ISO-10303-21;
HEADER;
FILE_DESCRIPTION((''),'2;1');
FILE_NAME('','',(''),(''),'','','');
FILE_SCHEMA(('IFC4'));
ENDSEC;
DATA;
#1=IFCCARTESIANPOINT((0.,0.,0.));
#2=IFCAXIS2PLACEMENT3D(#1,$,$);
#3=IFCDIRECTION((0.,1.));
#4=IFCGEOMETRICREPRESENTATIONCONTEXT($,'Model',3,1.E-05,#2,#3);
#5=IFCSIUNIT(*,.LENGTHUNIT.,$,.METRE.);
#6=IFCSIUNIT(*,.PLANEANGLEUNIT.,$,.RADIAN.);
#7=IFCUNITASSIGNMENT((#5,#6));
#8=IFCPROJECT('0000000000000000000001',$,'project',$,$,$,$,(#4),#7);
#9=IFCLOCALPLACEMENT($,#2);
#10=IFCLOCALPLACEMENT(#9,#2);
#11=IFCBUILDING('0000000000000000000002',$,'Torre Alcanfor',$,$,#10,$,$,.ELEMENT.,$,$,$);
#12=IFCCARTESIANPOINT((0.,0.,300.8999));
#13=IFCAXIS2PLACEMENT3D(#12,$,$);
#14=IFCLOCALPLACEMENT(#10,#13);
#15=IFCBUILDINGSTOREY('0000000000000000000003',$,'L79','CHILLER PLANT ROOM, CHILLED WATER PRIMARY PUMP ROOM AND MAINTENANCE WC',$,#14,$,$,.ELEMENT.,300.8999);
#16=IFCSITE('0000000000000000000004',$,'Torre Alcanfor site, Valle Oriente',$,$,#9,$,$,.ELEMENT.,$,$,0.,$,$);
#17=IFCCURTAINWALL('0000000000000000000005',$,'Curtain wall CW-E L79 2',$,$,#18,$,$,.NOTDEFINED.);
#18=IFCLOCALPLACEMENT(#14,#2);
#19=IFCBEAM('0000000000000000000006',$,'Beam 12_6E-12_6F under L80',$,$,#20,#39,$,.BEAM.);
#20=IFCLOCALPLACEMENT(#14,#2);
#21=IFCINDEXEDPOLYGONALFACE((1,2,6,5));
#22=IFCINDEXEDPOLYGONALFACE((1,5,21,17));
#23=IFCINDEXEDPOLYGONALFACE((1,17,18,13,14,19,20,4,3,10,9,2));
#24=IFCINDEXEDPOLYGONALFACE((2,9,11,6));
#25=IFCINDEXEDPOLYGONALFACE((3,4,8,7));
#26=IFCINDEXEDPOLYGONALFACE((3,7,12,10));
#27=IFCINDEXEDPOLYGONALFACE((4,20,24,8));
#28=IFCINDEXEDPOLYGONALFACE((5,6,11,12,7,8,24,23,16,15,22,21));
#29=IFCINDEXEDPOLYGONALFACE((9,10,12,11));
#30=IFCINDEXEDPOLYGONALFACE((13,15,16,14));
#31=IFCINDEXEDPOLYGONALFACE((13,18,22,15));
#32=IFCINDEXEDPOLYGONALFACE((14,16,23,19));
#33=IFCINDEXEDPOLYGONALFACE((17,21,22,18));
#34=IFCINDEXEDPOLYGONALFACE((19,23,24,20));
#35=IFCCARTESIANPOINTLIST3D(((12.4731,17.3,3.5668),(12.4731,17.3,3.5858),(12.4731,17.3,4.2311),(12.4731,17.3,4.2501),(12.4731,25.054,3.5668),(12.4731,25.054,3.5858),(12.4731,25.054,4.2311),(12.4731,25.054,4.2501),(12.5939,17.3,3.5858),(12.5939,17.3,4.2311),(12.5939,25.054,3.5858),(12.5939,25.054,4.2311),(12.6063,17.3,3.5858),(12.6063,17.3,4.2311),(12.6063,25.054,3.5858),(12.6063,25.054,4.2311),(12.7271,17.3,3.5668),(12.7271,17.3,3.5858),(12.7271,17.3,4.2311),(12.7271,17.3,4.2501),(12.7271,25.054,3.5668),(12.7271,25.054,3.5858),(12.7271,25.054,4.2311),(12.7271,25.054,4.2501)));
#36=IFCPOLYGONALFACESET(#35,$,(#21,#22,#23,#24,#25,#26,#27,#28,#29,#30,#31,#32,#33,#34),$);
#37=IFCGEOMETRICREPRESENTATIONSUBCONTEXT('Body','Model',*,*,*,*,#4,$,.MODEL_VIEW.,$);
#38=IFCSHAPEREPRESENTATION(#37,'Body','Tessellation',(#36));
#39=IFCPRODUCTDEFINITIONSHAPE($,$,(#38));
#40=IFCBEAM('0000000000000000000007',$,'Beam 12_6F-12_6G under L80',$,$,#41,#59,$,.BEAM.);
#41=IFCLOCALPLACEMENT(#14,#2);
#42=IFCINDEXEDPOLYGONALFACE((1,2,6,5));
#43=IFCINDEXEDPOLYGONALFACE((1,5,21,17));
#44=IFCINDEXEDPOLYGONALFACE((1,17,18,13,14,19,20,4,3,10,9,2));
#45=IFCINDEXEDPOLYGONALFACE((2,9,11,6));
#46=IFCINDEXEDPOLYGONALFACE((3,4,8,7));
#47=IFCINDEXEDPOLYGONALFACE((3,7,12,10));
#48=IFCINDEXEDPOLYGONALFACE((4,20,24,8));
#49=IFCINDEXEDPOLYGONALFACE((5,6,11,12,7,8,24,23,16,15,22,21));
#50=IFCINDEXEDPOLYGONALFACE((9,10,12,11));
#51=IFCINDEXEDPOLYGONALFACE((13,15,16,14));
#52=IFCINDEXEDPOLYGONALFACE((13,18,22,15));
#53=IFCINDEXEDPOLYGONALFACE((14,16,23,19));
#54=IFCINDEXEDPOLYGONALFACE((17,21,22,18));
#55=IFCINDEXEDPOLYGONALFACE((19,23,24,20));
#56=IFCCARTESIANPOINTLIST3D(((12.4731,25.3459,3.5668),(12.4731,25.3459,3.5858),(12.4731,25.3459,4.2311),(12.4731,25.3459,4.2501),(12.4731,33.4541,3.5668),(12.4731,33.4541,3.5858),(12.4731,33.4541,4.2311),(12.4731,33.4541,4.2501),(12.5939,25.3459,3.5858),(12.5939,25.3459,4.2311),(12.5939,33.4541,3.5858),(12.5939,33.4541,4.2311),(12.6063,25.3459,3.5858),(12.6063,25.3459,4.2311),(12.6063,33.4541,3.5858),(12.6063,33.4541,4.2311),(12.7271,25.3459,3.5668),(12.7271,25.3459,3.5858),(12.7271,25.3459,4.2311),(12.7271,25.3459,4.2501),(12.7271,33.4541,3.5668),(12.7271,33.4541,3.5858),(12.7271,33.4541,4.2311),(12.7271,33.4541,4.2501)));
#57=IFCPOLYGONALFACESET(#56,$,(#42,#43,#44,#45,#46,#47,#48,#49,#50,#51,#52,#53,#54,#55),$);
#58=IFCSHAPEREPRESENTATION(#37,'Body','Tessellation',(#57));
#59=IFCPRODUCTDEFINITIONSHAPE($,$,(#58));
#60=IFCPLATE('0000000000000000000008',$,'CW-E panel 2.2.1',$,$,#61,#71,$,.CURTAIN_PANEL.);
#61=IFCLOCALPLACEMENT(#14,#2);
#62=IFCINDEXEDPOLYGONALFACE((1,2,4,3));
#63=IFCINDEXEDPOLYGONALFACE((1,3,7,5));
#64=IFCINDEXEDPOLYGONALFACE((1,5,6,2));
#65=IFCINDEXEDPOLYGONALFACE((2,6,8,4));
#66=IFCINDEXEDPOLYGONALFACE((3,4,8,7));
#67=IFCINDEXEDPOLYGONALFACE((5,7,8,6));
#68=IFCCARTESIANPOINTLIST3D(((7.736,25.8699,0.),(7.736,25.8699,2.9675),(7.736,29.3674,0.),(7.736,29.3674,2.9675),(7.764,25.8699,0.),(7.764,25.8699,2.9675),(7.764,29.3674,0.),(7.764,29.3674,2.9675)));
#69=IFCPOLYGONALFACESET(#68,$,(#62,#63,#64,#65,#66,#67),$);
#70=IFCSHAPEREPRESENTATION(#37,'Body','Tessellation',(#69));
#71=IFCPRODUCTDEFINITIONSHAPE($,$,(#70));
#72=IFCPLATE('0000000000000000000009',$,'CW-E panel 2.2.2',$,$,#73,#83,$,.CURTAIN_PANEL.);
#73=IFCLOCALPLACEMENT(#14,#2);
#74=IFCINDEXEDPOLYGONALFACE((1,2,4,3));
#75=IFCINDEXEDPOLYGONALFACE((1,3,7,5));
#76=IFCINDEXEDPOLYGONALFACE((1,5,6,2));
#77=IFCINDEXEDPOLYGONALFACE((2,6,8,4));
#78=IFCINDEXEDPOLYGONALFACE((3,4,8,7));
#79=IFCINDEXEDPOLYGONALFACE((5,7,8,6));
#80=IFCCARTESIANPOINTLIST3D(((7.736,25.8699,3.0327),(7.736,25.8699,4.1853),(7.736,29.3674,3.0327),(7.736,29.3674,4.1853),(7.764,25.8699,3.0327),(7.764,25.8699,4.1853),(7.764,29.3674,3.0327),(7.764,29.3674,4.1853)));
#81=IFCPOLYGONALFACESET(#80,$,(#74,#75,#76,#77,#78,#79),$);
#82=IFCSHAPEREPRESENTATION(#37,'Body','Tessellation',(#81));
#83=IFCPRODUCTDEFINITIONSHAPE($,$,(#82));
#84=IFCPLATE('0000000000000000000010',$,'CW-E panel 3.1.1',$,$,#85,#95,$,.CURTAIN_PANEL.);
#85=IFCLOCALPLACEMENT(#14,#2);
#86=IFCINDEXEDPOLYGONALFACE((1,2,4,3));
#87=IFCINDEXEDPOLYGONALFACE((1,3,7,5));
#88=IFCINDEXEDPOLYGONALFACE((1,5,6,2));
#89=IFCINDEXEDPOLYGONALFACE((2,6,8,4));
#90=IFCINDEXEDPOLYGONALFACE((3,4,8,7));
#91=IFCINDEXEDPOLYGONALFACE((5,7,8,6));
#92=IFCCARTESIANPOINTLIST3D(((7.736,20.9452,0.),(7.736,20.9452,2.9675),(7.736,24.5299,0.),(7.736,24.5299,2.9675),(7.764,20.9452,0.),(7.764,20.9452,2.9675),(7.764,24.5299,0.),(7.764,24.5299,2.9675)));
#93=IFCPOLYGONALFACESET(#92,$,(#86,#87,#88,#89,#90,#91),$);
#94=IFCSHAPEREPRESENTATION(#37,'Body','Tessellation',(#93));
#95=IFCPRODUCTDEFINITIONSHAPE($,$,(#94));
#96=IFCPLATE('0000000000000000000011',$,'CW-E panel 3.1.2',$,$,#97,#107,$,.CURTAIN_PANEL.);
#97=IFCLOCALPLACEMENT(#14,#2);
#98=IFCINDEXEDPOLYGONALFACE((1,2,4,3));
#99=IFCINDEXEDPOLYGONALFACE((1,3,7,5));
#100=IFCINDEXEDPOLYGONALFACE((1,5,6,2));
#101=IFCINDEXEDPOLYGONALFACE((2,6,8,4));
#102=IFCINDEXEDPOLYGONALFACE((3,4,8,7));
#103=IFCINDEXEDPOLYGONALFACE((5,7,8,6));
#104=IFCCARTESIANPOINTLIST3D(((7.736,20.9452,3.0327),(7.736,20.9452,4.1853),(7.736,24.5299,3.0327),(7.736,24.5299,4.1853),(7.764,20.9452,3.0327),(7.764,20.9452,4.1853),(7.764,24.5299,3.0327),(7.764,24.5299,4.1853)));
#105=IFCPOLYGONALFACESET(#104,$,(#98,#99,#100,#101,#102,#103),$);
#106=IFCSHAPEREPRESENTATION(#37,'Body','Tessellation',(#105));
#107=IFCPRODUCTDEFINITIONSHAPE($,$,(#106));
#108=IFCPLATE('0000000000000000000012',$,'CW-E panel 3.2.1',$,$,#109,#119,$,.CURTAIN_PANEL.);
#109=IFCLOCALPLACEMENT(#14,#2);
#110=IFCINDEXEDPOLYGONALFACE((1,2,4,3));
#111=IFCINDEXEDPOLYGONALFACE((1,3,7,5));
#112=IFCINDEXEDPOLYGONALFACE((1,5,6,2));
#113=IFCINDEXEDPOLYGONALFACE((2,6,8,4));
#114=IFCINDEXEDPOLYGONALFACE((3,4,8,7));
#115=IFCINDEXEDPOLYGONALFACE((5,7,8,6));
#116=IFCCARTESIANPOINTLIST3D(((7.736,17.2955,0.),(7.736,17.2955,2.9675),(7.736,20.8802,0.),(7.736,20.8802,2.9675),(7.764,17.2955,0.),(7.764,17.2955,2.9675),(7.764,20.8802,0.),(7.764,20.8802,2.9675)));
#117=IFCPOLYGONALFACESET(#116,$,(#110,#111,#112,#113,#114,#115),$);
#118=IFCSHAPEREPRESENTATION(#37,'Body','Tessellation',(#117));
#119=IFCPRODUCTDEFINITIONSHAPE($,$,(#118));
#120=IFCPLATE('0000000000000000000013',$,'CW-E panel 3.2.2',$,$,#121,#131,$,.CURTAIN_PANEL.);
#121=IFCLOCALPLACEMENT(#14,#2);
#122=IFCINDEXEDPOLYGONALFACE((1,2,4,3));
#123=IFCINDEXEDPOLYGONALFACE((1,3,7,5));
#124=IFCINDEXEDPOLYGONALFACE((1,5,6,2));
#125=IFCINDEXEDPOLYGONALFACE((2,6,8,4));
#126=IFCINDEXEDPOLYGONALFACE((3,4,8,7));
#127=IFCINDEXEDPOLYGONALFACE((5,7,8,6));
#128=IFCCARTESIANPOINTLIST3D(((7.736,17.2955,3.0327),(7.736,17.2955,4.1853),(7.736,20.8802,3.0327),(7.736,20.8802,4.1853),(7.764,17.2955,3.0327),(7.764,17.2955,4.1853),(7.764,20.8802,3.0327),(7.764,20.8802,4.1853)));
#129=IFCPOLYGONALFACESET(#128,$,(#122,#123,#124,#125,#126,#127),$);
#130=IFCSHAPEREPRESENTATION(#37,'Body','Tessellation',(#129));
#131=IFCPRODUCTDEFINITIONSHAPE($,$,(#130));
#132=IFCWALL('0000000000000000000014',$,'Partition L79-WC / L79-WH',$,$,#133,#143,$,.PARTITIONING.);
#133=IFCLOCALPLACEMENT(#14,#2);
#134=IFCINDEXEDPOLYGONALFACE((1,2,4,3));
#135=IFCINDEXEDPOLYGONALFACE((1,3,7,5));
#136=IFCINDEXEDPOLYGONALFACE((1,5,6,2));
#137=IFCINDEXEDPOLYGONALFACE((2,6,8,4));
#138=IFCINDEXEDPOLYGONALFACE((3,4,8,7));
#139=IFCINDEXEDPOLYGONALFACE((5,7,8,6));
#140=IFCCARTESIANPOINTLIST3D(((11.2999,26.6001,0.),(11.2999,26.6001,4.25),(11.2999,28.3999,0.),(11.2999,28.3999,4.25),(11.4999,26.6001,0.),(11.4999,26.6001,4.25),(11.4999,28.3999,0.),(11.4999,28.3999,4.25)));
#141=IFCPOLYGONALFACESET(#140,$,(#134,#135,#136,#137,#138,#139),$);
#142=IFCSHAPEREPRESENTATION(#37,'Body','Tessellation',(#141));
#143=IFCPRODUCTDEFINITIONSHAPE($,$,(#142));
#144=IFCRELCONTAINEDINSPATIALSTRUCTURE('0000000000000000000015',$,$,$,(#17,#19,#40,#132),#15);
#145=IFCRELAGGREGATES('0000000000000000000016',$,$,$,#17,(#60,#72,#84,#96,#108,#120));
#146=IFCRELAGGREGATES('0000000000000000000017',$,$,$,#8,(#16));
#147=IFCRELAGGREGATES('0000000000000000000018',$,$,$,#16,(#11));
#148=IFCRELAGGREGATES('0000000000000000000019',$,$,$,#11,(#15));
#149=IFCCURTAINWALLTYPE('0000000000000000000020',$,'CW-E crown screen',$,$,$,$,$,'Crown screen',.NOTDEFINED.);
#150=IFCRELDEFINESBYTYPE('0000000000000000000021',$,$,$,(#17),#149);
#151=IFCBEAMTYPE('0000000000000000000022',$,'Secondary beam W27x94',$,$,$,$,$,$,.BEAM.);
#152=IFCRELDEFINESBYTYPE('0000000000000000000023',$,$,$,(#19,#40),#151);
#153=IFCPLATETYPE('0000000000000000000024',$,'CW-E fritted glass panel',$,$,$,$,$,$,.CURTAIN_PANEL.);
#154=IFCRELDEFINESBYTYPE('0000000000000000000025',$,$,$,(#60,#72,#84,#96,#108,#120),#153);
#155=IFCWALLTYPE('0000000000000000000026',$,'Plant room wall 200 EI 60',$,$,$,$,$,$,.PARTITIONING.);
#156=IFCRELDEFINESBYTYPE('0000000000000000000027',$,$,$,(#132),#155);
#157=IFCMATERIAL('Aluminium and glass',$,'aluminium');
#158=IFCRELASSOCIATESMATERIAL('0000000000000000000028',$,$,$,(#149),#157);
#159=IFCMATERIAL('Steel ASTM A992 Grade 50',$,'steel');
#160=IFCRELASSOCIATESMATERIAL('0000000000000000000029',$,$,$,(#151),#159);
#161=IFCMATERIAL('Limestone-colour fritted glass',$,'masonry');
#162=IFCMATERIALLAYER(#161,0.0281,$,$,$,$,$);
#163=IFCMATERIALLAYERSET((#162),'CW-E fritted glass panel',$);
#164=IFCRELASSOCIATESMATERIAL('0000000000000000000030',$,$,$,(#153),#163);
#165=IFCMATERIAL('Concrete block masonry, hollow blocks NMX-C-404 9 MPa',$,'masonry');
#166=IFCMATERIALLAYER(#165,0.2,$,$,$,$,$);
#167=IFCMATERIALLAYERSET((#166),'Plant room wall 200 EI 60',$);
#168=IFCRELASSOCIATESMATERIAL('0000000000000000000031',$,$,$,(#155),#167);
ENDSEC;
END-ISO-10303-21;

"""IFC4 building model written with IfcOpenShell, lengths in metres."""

from ifc_helpers import new_model, si_unit, direction, frame, frame_2d, origin, origin_2d, place, context, subcontext, project, spatial, rectangle, i_section, extrude, material, layer, layer_set, material_profile, profile_set, type_object, element, aggregate, save


model = new_model("IFC4")

# Units and contexts
model_context = context("Model", 3, precision=1e-05, world=origin(), true_north=direction((0.0, 1.0)))
body_context = subcontext(model_context, "Body", "Model", "MODEL_VIEW")
ifc_project = project(units=[si_unit("LENGTHUNIT", "METRE"), si_unit("PLANEANGLEUNIT", "RADIAN")], contexts=[model_context])

# Site, building, storey
site_placement = place(None, origin())
site = spatial("IfcSite", under=ifc_project, at=site_placement, Name="Torre Alcanfor site, Valle Oriente", CompositionType="ELEMENT", RefElevation=0.0)
building_placement = place(site_placement, origin())
building = spatial("IfcBuilding", under=site, at=building_placement, Name="Torre Alcanfor", CompositionType="ELEMENT")
storey_placement = place(building_placement, frame((0.0, 0.0, 300.8999)))
storey = spatial("IfcBuildingStorey", under=building, at=storey_placement, Name="L79", Description="CHILLER PLANT ROOM, CHILLED WATER PRIMARY PUMP ROOM AND MAINTENANCE WC", CompositionType="ELEMENT", Elevation=300.8999)

# Curtain wall
ifc_material_1 = material(Name="Aluminium and glass", Category="aluminium")
curtain_wall_type = type_object("IfcCurtainWallType", Name="CW-E crown screen", ElementType="Crown screen", PredefinedType="NOTDEFINED", material=ifc_material_1)
curtain_wall_placement = place(storey_placement, origin())
curtain_wall = element("IfcCurtainWall", 1, at=curtain_wall_placement, inside=storey, type_object=curtain_wall_type, Name="Curtain wall CW-E L79 2", PredefinedType="NOTDEFINED")

# Beams
ifc_material_2 = material(Name="Steel ASTM A992 Grade 50", Category="steel")
ifc_material_profile_1 = material_profile(ifc_material_2, i_section(OverallWidth=0.2539, OverallDepth=0.6833, WebThickness=0.0125, FlangeThickness=0.019, at=origin_2d()), Name="W27x94")
ifc_profile_set_1 = profile_set([ifc_material_profile_1], Name="Steel ASTM A992 Grade 50")
beam_type_1 = type_object("IfcBeamType", Name="Secondary beam W27x94", PredefinedType="BEAM", material=ifc_profile_set_1)
beam_1_placement = place(storey_placement, frame((12.6001, 17.3, 3.9084), z_axis=(0.0, 1.0, 0.0), x_axis=(-1.0, 0.0, 0.0)))
element("IfcBeam", 2, at=beam_1_placement, inside=storey, type_object=beam_type_1, Name="Beam 12_6E-12_6F under L80", PredefinedType="BEAM", context=body_context, shape_type="SweptSolid", body=[
    extrude(i_section(OverallWidth=0.2539, OverallDepth=0.6833, WebThickness=0.0125, FlangeThickness=0.019, at=origin_2d()), origin(), (0.0, 0.0, 1.0), 7.7539),
])
beam_2_placement = place(storey_placement, frame((12.6001, 25.3459, 3.9084), z_axis=(0.0, 1.0, 0.0), x_axis=(-1.0, 0.0, 0.0)))
element("IfcBeam", 3, at=beam_2_placement, inside=storey, type_object=beam_type_1, Name="Beam 12_6F-12_6G under L80", PredefinedType="BEAM", context=body_context, shape_type="SweptSolid", body=[
    extrude(i_section(OverallWidth=0.2539, OverallDepth=0.6833, WebThickness=0.0125, FlangeThickness=0.019, at=origin_2d()), origin(), (0.0, 0.0, 1.0), 8.1082),
])

# Plates
ifc_material_3 = material(Name="Limestone-colour fritted glass", Category="masonry")
ifc_layer_1 = layer(ifc_material_3, 0.0281)
ifc_layer_set_1 = layer_set([ifc_layer_1], Name="CW-E fritted glass panel")
plate_type = type_object("IfcPlateType", Name="CW-E fritted glass panel", PredefinedType="CURTAIN_PANEL", material=ifc_layer_set_1)
plate_1_placement = place(storey_placement, frame((7.75, 27.6187, 0.0), z_axis=(0.0, 0.0, 1.0), x_axis=(0.0, -1.0, 0.0)))
plate_1 = element("IfcPlate", 4, at=plate_1_placement, type_object=plate_type, Name="CW-E panel 2.2.1", PredefinedType="CURTAIN_PANEL", context=body_context, shape_type="SweptSolid", body=[
    extrude(rectangle(XDim=3.4976, YDim=0.0281, at=origin_2d()), origin(), (0.0, 0.0, 1.0), 2.9675),
])
plate_2_placement = place(storey_placement, frame((7.75, 27.6187, 3.0327), z_axis=(0.0, 0.0, 1.0), x_axis=(0.0, -1.0, 0.0)))
plate_2 = element("IfcPlate", 5, at=plate_2_placement, type_object=plate_type, Name="CW-E panel 2.2.2", PredefinedType="CURTAIN_PANEL", context=body_context, shape_type="SweptSolid", body=[
    extrude(rectangle(XDim=3.4976, YDim=0.0281, at=origin_2d()), origin(), (0.0, 0.0, 1.0), 1.1526),
])
plate_3_placement = place(storey_placement, frame((7.75, 22.7375, 0.0), z_axis=(0.0, 0.0, 1.0), x_axis=(0.0, -1.0, 0.0)))
plate_3 = element("IfcPlate", 6, at=plate_3_placement, type_object=plate_type, Name="CW-E panel 3.1.1", PredefinedType="CURTAIN_PANEL", context=body_context, shape_type="SweptSolid", body=[
    extrude(rectangle(XDim=3.5847, YDim=0.0281, at=origin_2d()), origin(), (0.0, 0.0, 1.0), 2.9675),
])
plate_4_placement = place(storey_placement, frame((7.75, 22.7375, 3.0327), z_axis=(0.0, 0.0, 1.0), x_axis=(0.0, -1.0, 0.0)))
plate_4 = element("IfcPlate", 7, at=plate_4_placement, type_object=plate_type, Name="CW-E panel 3.1.2", PredefinedType="CURTAIN_PANEL", context=body_context, shape_type="SweptSolid", body=[
    extrude(rectangle(XDim=3.5847, YDim=0.0281, at=origin_2d()), origin(), (0.0, 0.0, 1.0), 1.1526),
])
plate_5_placement = place(storey_placement, frame((7.75, 19.0879, 0.0), z_axis=(0.0, 0.0, 1.0), x_axis=(0.0, -1.0, 0.0)))
plate_5 = element("IfcPlate", 8, at=plate_5_placement, type_object=plate_type, Name="CW-E panel 3.2.1", PredefinedType="CURTAIN_PANEL", context=body_context, shape_type="SweptSolid", body=[
    extrude(rectangle(XDim=3.5847, YDim=0.0281, at=origin_2d()), origin(), (0.0, 0.0, 1.0), 2.9675),
])
plate_6_placement = place(storey_placement, frame((7.75, 19.0879, 3.0327), z_axis=(0.0, 0.0, 1.0), x_axis=(0.0, -1.0, 0.0)))
plate_6 = element("IfcPlate", 9, at=plate_6_placement, type_object=plate_type, Name="CW-E panel 3.2.2", PredefinedType="CURTAIN_PANEL", context=body_context, shape_type="SweptSolid", body=[
    extrude(rectangle(XDim=3.5847, YDim=0.0281, at=origin_2d()), origin(), (0.0, 0.0, 1.0), 1.1526),
])
aggregate(curtain_wall, [plate_1, plate_2, plate_3, plate_4, plate_5, plate_6])

# Wall
ifc_material_4 = material(Name="Concrete block masonry, hollow blocks NMX-C-404 9 MPa", Category="masonry")
ifc_layer_2 = layer(ifc_material_4, 0.2)
ifc_layer_set_2 = layer_set([ifc_layer_2], Name="Plant room wall 200 EI 60")
wall_type_1 = type_object("IfcWallType", Name="Plant room wall 200 EI 60", PredefinedType="PARTITIONING", material=ifc_layer_set_2)
wall_1_placement = place(storey_placement, frame((11.3999, 26.6001, 0.0), z_axis=(0.0, 0.0, 1.0), x_axis=(0.0, 1.0, 0.0)))
element("IfcWall", 10, at=wall_1_placement, inside=storey, type_object=wall_type_1, Name="Partition L79-WC / L79-WH", PredefinedType="PARTITIONING", context=body_context, shape_type="SweptSolid", body=[
    extrude(rectangle(XDim=1.7998, YDim=0.2, at=frame_2d((0.8999, 0.0))), origin(), (0.0, 0.0, 1.0), 4.25),
])

save(model, "model.ifc")
